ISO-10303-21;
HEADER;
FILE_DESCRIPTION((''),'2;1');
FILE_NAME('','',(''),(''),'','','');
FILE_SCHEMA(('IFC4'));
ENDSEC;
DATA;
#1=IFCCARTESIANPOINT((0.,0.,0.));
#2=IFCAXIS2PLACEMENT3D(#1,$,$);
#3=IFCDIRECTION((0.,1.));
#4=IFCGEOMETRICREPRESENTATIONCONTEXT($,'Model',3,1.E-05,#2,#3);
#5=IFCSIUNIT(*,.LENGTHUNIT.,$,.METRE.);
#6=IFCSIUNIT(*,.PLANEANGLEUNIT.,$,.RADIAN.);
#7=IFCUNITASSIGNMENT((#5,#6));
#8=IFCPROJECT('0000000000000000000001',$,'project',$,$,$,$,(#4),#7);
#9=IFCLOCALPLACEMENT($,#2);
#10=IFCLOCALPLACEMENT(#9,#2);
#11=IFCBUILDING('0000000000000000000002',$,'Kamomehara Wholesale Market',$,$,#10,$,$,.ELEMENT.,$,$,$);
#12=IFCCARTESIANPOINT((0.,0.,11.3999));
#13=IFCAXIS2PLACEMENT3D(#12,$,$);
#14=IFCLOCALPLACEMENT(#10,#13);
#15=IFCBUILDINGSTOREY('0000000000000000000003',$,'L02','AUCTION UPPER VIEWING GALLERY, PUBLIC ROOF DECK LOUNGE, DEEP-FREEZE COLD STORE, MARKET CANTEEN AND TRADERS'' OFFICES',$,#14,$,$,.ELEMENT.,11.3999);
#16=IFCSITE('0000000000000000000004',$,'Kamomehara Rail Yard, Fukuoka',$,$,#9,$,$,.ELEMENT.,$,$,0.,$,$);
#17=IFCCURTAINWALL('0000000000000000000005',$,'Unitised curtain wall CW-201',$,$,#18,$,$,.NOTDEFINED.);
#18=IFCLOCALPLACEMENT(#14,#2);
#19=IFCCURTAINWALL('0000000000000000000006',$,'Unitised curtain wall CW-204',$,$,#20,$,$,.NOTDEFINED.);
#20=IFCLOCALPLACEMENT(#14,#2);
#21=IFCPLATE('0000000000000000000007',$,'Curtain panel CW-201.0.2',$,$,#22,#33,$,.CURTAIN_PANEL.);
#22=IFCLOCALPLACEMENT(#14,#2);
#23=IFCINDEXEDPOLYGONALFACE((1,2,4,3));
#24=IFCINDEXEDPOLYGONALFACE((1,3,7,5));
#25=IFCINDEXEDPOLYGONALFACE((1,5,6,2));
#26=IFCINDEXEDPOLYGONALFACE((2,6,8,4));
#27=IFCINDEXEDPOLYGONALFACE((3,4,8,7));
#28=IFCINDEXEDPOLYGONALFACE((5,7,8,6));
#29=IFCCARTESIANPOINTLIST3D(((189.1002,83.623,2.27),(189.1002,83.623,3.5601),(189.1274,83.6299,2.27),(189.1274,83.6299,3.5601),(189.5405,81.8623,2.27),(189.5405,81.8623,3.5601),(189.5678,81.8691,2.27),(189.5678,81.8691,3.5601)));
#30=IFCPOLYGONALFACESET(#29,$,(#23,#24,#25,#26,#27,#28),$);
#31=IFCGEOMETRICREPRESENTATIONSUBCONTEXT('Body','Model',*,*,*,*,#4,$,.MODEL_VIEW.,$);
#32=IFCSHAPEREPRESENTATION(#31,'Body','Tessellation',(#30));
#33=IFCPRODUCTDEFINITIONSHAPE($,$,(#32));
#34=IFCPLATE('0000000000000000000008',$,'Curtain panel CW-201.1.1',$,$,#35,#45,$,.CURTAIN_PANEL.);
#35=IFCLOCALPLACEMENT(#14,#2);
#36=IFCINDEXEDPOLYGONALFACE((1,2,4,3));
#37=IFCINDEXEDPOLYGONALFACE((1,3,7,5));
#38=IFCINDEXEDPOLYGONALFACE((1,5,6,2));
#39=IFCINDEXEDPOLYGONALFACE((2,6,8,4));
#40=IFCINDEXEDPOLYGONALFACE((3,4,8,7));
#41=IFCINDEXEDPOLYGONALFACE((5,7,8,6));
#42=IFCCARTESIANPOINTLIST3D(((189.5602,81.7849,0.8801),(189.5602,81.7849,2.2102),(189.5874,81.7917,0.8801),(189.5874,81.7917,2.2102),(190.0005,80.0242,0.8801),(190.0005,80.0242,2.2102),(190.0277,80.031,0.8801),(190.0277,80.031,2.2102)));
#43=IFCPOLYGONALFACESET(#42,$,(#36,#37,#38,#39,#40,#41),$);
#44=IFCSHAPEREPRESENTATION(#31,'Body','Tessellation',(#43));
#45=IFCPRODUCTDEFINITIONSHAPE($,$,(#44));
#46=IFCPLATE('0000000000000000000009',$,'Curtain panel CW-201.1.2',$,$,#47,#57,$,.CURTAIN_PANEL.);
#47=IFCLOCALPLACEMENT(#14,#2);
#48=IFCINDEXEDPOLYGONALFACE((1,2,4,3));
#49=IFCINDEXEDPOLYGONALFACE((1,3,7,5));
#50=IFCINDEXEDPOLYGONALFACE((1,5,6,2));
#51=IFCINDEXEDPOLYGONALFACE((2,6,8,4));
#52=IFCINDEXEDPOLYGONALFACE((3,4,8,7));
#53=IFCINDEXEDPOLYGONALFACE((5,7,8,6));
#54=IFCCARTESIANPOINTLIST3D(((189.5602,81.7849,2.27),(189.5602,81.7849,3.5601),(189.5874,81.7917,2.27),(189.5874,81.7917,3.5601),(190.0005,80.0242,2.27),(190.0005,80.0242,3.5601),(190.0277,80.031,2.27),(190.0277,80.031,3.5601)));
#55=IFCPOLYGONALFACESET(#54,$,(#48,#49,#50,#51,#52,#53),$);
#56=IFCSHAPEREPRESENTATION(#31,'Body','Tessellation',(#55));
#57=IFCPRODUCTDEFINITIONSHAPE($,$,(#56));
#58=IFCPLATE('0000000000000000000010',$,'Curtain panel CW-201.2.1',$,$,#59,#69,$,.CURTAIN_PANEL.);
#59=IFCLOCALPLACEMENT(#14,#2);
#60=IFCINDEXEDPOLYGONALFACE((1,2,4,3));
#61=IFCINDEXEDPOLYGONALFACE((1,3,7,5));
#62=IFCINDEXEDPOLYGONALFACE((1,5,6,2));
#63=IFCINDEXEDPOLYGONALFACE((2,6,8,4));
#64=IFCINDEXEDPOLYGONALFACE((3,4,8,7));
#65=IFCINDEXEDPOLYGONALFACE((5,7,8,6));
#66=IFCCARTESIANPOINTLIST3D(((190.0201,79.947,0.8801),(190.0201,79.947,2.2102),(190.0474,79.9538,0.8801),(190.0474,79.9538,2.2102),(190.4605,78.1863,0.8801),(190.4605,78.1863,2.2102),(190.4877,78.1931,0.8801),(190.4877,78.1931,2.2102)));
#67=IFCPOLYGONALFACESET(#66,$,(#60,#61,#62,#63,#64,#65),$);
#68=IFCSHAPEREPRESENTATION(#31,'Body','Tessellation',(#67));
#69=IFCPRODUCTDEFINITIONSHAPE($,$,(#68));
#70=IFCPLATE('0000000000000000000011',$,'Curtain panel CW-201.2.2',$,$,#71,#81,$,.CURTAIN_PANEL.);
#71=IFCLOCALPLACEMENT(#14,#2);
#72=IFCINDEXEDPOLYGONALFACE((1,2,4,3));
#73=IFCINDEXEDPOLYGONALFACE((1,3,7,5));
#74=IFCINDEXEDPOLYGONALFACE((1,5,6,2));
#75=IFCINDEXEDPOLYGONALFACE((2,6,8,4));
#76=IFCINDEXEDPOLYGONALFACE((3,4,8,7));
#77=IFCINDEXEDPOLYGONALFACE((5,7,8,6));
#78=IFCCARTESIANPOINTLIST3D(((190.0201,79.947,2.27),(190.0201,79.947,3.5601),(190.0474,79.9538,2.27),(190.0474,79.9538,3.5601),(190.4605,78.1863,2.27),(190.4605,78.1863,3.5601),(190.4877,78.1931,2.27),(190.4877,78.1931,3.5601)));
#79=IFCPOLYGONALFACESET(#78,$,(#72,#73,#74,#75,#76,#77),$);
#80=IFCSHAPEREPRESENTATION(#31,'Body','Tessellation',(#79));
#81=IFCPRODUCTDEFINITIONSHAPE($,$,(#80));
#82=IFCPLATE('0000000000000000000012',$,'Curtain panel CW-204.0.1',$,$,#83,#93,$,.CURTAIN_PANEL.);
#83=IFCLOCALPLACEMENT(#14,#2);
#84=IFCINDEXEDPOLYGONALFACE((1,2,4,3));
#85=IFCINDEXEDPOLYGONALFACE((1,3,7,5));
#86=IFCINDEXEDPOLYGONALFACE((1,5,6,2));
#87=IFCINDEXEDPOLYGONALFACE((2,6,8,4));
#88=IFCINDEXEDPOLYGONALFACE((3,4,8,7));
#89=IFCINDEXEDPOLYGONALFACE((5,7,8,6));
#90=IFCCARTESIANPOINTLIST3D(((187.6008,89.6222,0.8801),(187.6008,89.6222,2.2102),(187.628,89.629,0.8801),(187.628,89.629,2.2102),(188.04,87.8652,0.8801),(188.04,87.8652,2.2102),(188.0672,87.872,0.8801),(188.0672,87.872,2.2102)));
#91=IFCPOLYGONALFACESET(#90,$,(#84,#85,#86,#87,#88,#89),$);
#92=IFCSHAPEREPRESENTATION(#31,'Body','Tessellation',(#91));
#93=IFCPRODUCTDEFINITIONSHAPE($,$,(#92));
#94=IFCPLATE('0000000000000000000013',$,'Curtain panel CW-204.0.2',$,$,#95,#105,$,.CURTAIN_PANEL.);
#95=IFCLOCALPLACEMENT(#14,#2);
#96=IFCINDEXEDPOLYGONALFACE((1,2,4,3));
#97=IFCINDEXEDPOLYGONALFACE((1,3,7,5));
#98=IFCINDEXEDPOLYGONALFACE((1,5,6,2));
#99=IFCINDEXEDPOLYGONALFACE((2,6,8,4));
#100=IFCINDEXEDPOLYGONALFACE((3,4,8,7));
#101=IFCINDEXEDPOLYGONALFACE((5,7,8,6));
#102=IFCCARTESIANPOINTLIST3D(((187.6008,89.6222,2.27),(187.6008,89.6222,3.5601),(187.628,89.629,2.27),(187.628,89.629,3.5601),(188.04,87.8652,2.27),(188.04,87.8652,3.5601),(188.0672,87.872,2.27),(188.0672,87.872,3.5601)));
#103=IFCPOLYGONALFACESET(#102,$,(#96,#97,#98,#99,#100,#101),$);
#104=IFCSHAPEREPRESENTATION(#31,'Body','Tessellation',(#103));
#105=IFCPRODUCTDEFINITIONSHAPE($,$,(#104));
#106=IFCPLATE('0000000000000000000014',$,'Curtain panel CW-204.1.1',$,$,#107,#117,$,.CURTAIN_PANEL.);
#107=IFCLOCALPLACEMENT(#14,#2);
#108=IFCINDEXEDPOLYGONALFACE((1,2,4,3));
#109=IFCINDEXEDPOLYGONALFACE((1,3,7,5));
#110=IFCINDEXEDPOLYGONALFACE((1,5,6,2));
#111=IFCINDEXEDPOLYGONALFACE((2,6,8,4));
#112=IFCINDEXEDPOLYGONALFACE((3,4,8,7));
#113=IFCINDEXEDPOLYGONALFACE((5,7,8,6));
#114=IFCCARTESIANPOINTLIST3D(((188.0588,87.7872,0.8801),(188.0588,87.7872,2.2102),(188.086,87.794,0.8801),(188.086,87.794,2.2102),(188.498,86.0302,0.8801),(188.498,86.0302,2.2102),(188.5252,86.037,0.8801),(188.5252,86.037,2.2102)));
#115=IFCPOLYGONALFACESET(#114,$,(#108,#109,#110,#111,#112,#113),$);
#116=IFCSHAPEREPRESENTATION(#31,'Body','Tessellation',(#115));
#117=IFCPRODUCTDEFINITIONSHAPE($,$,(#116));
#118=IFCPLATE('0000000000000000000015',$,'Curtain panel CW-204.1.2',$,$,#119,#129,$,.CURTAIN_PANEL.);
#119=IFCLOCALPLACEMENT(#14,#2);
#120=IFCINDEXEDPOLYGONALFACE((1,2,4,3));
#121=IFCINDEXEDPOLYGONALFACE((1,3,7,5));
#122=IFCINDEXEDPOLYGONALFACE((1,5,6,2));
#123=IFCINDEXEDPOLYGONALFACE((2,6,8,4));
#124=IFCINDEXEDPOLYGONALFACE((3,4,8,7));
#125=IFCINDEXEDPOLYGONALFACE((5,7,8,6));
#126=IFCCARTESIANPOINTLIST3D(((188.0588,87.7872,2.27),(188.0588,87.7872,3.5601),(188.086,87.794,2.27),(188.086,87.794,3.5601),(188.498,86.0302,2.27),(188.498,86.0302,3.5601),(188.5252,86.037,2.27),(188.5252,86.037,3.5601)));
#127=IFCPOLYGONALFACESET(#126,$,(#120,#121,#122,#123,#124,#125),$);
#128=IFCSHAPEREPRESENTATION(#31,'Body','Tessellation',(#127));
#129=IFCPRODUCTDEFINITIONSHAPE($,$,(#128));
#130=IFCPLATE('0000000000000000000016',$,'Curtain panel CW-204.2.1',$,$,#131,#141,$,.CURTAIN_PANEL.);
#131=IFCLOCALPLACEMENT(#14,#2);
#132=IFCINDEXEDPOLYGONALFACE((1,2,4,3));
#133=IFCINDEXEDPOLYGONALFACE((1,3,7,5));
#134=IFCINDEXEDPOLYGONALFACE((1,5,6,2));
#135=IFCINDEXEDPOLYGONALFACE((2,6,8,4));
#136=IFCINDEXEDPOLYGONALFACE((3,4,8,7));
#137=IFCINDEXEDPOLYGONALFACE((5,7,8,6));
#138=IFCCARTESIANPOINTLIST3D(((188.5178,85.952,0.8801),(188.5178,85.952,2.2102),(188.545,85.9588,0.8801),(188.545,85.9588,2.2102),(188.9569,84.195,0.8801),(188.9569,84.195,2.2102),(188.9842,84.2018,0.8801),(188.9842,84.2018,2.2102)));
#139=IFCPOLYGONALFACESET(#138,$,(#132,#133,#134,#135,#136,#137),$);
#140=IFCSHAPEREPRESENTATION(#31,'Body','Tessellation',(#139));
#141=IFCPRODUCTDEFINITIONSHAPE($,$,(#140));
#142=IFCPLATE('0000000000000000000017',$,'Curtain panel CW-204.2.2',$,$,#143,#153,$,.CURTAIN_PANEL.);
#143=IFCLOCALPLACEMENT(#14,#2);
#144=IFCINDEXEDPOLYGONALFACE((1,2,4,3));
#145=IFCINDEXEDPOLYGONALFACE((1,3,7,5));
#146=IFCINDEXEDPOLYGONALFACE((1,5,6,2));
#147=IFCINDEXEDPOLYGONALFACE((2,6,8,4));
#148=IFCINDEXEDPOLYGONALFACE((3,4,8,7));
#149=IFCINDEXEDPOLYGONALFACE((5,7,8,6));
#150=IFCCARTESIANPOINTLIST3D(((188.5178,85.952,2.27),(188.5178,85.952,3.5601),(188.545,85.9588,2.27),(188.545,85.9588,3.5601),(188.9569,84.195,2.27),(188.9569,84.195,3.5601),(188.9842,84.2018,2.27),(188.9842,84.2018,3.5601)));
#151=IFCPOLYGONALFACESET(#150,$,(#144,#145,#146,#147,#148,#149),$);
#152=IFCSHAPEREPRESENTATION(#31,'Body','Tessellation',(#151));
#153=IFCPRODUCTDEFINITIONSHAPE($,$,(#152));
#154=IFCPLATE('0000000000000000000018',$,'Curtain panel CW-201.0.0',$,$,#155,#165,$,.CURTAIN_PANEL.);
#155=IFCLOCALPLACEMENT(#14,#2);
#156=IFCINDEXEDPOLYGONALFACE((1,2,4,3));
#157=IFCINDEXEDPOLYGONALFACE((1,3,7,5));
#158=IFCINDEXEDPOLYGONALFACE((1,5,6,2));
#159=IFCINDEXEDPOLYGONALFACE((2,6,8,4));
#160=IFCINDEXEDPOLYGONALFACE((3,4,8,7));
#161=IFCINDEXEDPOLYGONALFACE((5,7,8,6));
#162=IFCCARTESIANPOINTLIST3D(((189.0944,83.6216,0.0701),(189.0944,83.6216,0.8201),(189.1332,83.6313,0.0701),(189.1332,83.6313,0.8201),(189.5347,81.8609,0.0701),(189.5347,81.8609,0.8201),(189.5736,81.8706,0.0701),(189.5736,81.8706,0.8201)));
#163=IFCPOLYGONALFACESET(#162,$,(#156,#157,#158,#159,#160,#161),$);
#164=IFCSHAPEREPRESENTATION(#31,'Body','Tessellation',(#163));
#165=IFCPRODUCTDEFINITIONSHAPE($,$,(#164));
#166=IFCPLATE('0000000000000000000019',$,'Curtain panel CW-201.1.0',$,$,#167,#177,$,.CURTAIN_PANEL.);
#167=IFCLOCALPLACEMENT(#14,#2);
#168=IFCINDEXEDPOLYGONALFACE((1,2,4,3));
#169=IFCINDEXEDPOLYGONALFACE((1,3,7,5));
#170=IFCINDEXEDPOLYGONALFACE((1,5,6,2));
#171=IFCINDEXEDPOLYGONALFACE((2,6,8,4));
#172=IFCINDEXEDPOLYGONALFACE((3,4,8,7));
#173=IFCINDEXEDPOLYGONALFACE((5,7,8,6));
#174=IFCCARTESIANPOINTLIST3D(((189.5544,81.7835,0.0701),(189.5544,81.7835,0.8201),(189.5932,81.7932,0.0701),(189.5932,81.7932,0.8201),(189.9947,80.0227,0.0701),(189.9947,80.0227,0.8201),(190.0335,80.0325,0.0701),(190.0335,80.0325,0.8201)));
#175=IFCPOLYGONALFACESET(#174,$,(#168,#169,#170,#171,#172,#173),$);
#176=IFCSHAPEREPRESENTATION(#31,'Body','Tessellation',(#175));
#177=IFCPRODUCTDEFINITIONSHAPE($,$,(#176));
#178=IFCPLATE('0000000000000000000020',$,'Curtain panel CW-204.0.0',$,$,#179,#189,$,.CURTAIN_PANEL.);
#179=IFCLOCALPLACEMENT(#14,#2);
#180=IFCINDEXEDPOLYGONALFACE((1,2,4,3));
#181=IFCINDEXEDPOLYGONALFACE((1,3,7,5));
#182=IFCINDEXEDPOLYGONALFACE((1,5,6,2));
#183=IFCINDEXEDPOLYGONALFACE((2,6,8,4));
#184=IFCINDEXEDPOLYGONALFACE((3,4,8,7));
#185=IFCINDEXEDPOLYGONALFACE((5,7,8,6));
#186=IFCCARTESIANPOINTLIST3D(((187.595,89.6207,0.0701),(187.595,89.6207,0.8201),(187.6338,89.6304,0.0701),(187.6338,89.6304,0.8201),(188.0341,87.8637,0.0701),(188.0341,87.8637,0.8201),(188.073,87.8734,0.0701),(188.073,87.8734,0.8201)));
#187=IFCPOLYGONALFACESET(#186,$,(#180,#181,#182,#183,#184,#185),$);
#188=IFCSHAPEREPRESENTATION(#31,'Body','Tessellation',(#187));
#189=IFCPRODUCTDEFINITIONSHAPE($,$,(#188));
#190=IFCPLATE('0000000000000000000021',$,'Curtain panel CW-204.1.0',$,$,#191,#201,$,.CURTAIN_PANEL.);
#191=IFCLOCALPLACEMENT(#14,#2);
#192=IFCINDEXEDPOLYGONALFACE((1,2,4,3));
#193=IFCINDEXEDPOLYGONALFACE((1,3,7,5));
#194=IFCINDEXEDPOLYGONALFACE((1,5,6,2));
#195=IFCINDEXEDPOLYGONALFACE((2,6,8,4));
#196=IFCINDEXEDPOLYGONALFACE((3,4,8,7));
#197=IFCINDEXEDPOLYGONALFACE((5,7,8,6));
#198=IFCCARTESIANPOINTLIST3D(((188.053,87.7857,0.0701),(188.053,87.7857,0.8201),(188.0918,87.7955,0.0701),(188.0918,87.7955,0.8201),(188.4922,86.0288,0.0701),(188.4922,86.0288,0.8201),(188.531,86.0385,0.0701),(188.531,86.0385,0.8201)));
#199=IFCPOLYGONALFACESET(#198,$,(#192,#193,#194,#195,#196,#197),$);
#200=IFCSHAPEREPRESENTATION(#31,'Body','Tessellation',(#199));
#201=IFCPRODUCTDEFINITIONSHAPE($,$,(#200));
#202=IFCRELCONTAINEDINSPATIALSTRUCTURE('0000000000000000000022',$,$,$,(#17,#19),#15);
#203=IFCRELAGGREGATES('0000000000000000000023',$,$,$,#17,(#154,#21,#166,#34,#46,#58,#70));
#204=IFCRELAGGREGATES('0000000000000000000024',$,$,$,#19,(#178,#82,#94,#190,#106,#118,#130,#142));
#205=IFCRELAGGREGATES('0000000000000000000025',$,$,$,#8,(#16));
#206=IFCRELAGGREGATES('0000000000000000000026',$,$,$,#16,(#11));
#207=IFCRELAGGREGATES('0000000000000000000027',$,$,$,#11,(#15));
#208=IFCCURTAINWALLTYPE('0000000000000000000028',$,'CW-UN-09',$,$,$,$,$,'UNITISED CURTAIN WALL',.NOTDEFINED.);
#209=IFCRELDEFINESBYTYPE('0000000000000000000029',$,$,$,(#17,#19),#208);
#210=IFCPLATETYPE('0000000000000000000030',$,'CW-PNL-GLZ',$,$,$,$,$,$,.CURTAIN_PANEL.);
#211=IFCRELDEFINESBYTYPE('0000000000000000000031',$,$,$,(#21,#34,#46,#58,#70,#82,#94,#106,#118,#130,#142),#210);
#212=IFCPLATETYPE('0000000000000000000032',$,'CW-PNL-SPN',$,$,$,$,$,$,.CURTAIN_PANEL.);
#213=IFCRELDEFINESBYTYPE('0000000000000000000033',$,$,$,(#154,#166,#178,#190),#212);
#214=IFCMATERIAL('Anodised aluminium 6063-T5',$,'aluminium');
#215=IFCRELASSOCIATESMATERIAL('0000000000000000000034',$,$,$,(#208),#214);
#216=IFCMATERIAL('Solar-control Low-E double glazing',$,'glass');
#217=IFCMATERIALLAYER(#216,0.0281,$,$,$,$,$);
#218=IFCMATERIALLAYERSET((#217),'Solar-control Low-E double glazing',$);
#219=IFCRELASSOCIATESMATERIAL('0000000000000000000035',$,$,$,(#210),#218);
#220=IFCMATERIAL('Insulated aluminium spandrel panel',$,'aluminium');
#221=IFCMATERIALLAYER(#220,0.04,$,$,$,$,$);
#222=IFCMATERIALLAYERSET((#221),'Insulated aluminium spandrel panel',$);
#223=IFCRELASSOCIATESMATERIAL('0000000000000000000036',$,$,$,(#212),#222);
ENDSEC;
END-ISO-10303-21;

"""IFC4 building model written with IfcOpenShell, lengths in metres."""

from ifc_helpers import new_model, si_unit, direction, frame, origin, origin_2d, place, context, subcontext, project, spatial, rectangle, extrude, material, layer, layer_set, type_object, element, aggregate, save


model = new_model("IFC4")

# Units and contexts
model_context = context("Model", 3, precision=1e-05, world=origin(), true_north=direction((0.0, 1.0)))
body_context = subcontext(model_context, "Body", "Model", "MODEL_VIEW")
ifc_project = project(units=[si_unit("LENGTHUNIT", "METRE"), si_unit("PLANEANGLEUNIT", "RADIAN")], contexts=[model_context])

# Site, building, storey
site_placement = place(None, origin())
site = spatial("IfcSite", under=ifc_project, at=site_placement, Name="Kamomehara Rail Yard, Fukuoka", CompositionType="ELEMENT", RefElevation=0.0)
building_placement = place(site_placement, origin())
building = spatial("IfcBuilding", under=site, at=building_placement, Name="Kamomehara Wholesale Market", CompositionType="ELEMENT")
storey_placement = place(building_placement, frame((0.0, 0.0, 11.3999)))
storey = spatial("IfcBuildingStorey", under=building, at=storey_placement, Name="L02", Description="AUCTION UPPER VIEWING GALLERY, PUBLIC ROOF DECK LOUNGE, DEEP-FREEZE COLD STORE, MARKET CANTEEN AND TRADERS' OFFICES", CompositionType="ELEMENT", Elevation=11.3999)

# Curtain walls
ifc_material_1 = material(Name="Anodised aluminium 6063-T5", Category="aluminium")
curtain_wall_type = type_object("IfcCurtainWallType", Name="CW-UN-09", ElementType="UNITISED CURTAIN WALL", PredefinedType="NOTDEFINED", material=ifc_material_1)
curtain_wall_1_placement = place(storey_placement, origin())
curtain_wall_1 = element("IfcCurtainWall", 1, at=curtain_wall_1_placement, inside=storey, type_object=curtain_wall_type, Name="Unitised curtain wall CW-201", PredefinedType="NOTDEFINED")
curtain_wall_2_placement = place(storey_placement, origin())
curtain_wall_2 = element("IfcCurtainWall", 2, at=curtain_wall_2_placement, inside=storey, type_object=curtain_wall_type, Name="Unitised curtain wall CW-204", PredefinedType="NOTDEFINED")

# Plates
ifc_material_2 = material(Name="Solar-control Low-E double glazing", Category="glass")
ifc_layer_1 = layer(ifc_material_2, 0.0281)
ifc_layer_set_1 = layer_set([ifc_layer_1], Name="Solar-control Low-E double glazing")
plate_type_1 = type_object("IfcPlateType", Name="CW-PNL-GLZ", PredefinedType="CURTAIN_PANEL", material=ifc_layer_set_1)
plate_1_placement = place(storey_placement, frame((189.334, 82.7461, 2.27), z_axis=(0.0, 0.0, 1.0), x_axis=(0.242616, -0.970122, 0.0)))
plate_1 = element("IfcPlate", 3, at=plate_1_placement, type_object=plate_type_1, Name="Curtain panel CW-201.0.2", PredefinedType="CURTAIN_PANEL", context=body_context, shape_type="SweptSolid", body=[
    extrude(rectangle(XDim=1.8149, YDim=0.0281, at=origin_2d()), origin(), (0.0, 0.0, 1.0), 1.29),
])
plate_2_placement = place(storey_placement, frame((189.7939, 80.908, 0.8801), z_axis=(0.0, 0.0, 1.0), x_axis=(0.242616, -0.970122, 0.0)))
plate_2 = element("IfcPlate", 4, at=plate_2_placement, type_object=plate_type_1, Name="Curtain panel CW-201.1.1", PredefinedType="CURTAIN_PANEL", context=body_context, shape_type="SweptSolid", body=[
    extrude(rectangle(XDim=1.8149, YDim=0.0281, at=origin_2d()), origin(), (0.0, 0.0, 1.0), 1.3301),
])
plate_3_placement = place(storey_placement, frame((189.7939, 80.908, 2.27), z_axis=(0.0, 0.0, 1.0), x_axis=(0.242616, -0.970122, 0.0)))
plate_3 = element("IfcPlate", 5, at=plate_3_placement, type_object=plate_type_1, Name="Curtain panel CW-201.1.2", PredefinedType="CURTAIN_PANEL", context=body_context, shape_type="SweptSolid", body=[
    extrude(rectangle(XDim=1.8149, YDim=0.0281, at=origin_2d()), origin(), (0.0, 0.0, 1.0), 1.29),
])
plate_4_placement = place(storey_placement, frame((190.2539, 79.0701, 0.8801), z_axis=(0.0, 0.0, 1.0), x_axis=(0.242616, -0.970122, 0.0)))
plate_4 = element("IfcPlate", 6, at=plate_4_placement, type_object=plate_type_1, Name="Curtain panel CW-201.2.1", PredefinedType="CURTAIN_PANEL", context=body_context, shape_type="SweptSolid", body=[
    extrude(rectangle(XDim=1.8149, YDim=0.0281, at=origin_2d()), origin(), (0.0, 0.0, 1.0), 1.3301),
])
plate_5_placement = place(storey_placement, frame((190.2539, 79.0701, 2.27), z_axis=(0.0, 0.0, 1.0), x_axis=(0.242616, -0.970122, 0.0)))
plate_5 = element("IfcPlate", 7, at=plate_5_placement, type_object=plate_type_1, Name="Curtain panel CW-201.2.2", PredefinedType="CURTAIN_PANEL", context=body_context, shape_type="SweptSolid", body=[
    extrude(rectangle(XDim=1.8149, YDim=0.0281, at=origin_2d()), origin(), (0.0, 0.0, 1.0), 1.29),
])
plate_6_placement = place(storey_placement, frame((187.834, 88.7471, 0.8801), z_axis=(0.0, 0.0, 1.0), x_axis=(0.242498, -0.970152, 0.0)))
plate_6 = element("IfcPlate", 8, at=plate_6_placement, type_object=plate_type_1, Name="Curtain panel CW-204.0.1", PredefinedType="CURTAIN_PANEL", context=body_context, shape_type="SweptSolid", body=[
    extrude(rectangle(XDim=1.811, YDim=0.0281, at=origin_2d()), origin(), (0.0, 0.0, 1.0), 1.3301),
])
plate_7_placement = place(storey_placement, frame((187.834, 88.7471, 2.27), z_axis=(0.0, 0.0, 1.0), x_axis=(0.242498, -0.970152, 0.0)))
plate_7 = element("IfcPlate", 9, at=plate_7_placement, type_object=plate_type_1, Name="Curtain panel CW-204.0.2", PredefinedType="CURTAIN_PANEL", context=body_context, shape_type="SweptSolid", body=[
    extrude(rectangle(XDim=1.811, YDim=0.0281, at=origin_2d()), origin(), (0.0, 0.0, 1.0), 1.29),
])
plate_8_placement = place(storey_placement, frame((188.292, 86.9121, 0.8801), z_axis=(0.0, 0.0, 1.0), x_axis=(0.242498, -0.970152, 0.0)))
plate_8 = element("IfcPlate", 10, at=plate_8_placement, type_object=plate_type_1, Name="Curtain panel CW-204.1.1", PredefinedType="CURTAIN_PANEL", context=body_context, shape_type="SweptSolid", body=[
    extrude(rectangle(XDim=1.811, YDim=0.0281, at=origin_2d()), origin(), (0.0, 0.0, 1.0), 1.3301),
])
plate_9_placement = place(storey_placement, frame((188.292, 86.9121, 2.27), z_axis=(0.0, 0.0, 1.0), x_axis=(0.242498, -0.970152, 0.0)))
plate_9 = element("IfcPlate", 11, at=plate_9_placement, type_object=plate_type_1, Name="Curtain panel CW-204.1.2", PredefinedType="CURTAIN_PANEL", context=body_context, shape_type="SweptSolid", body=[
    extrude(rectangle(XDim=1.811, YDim=0.0281, at=origin_2d()), origin(), (0.0, 0.0, 1.0), 1.29),
])
plate_10_placement = place(storey_placement, frame((188.751, 85.0769, 0.8801), z_axis=(0.0, 0.0, 1.0), x_axis=(0.242498, -0.970152, 0.0)))
plate_10 = element("IfcPlate", 12, at=plate_10_placement, type_object=plate_type_1, Name="Curtain panel CW-204.2.1", PredefinedType="CURTAIN_PANEL", context=body_context, shape_type="SweptSolid", body=[
    extrude(rectangle(XDim=1.811, YDim=0.0281, at=origin_2d()), origin(), (0.0, 0.0, 1.0), 1.3301),
])
plate_11_placement = place(storey_placement, frame((188.751, 85.0769, 2.27), z_axis=(0.0, 0.0, 1.0), x_axis=(0.242498, -0.970152, 0.0)))
plate_11 = element("IfcPlate", 13, at=plate_11_placement, type_object=plate_type_1, Name="Curtain panel CW-204.2.2", PredefinedType="CURTAIN_PANEL", context=body_context, shape_type="SweptSolid", body=[
    extrude(rectangle(XDim=1.811, YDim=0.0281, at=origin_2d()), origin(), (0.0, 0.0, 1.0), 1.29),
])
ifc_material_3 = material(Name="Insulated aluminium spandrel panel", Category="aluminium")
ifc_layer_2 = layer(ifc_material_3, 0.04)
ifc_layer_set_2 = layer_set([ifc_layer_2], Name="Insulated aluminium spandrel panel")
plate_type_2 = type_object("IfcPlateType", Name="CW-PNL-SPN", PredefinedType="CURTAIN_PANEL", material=ifc_layer_set_2)
plate_12_placement = place(storey_placement, frame((189.334, 82.7461, 0.0701), z_axis=(0.0, 0.0, 1.0), x_axis=(0.242616, -0.970122, 0.0)))
plate_12 = element("IfcPlate", 14, at=plate_12_placement, type_object=plate_type_2, Name="Curtain panel CW-201.0.0", PredefinedType="CURTAIN_PANEL", context=body_context, shape_type="SweptSolid", body=[
    extrude(rectangle(XDim=1.8149, YDim=0.04, at=origin_2d()), origin(), (0.0, 0.0, 1.0), 0.75),
])
plate_13_placement = place(storey_placement, frame((189.7939, 80.908, 0.0701), z_axis=(0.0, 0.0, 1.0), x_axis=(0.242616, -0.970122, 0.0)))
plate_13 = element("IfcPlate", 15, at=plate_13_placement, type_object=plate_type_2, Name="Curtain panel CW-201.1.0", PredefinedType="CURTAIN_PANEL", context=body_context, shape_type="SweptSolid", body=[
    extrude(rectangle(XDim=1.8149, YDim=0.04, at=origin_2d()), origin(), (0.0, 0.0, 1.0), 0.75),
])
aggregate(curtain_wall_1, [plate_12, plate_1, plate_13, plate_2, plate_3, plate_4, plate_5])
plate_14_placement = place(storey_placement, frame((187.834, 88.7471, 0.0701), z_axis=(0.0, 0.0, 1.0), x_axis=(0.242498, -0.970152, 0.0)))
plate_14 = element("IfcPlate", 16, at=plate_14_placement, type_object=plate_type_2, Name="Curtain panel CW-204.0.0", PredefinedType="CURTAIN_PANEL", context=body_context, shape_type="SweptSolid", body=[
    extrude(rectangle(XDim=1.811, YDim=0.04, at=origin_2d()), origin(), (0.0, 0.0, 1.0), 0.75),
])
plate_15_placement = place(storey_placement, frame((188.292, 86.9121, 0.0701), z_axis=(0.0, 0.0, 1.0), x_axis=(0.242498, -0.970152, 0.0)))
plate_15 = element("IfcPlate", 17, at=plate_15_placement, type_object=plate_type_2, Name="Curtain panel CW-204.1.0", PredefinedType="CURTAIN_PANEL", context=body_context, shape_type="SweptSolid", body=[
    extrude(rectangle(XDim=1.811, YDim=0.04, at=origin_2d()), origin(), (0.0, 0.0, 1.0), 0.75),
])
aggregate(curtain_wall_2, [plate_14, plate_6, plate_7, plate_15, plate_8, plate_9, plate_10, plate_11])

save(model, "model.ifc")
